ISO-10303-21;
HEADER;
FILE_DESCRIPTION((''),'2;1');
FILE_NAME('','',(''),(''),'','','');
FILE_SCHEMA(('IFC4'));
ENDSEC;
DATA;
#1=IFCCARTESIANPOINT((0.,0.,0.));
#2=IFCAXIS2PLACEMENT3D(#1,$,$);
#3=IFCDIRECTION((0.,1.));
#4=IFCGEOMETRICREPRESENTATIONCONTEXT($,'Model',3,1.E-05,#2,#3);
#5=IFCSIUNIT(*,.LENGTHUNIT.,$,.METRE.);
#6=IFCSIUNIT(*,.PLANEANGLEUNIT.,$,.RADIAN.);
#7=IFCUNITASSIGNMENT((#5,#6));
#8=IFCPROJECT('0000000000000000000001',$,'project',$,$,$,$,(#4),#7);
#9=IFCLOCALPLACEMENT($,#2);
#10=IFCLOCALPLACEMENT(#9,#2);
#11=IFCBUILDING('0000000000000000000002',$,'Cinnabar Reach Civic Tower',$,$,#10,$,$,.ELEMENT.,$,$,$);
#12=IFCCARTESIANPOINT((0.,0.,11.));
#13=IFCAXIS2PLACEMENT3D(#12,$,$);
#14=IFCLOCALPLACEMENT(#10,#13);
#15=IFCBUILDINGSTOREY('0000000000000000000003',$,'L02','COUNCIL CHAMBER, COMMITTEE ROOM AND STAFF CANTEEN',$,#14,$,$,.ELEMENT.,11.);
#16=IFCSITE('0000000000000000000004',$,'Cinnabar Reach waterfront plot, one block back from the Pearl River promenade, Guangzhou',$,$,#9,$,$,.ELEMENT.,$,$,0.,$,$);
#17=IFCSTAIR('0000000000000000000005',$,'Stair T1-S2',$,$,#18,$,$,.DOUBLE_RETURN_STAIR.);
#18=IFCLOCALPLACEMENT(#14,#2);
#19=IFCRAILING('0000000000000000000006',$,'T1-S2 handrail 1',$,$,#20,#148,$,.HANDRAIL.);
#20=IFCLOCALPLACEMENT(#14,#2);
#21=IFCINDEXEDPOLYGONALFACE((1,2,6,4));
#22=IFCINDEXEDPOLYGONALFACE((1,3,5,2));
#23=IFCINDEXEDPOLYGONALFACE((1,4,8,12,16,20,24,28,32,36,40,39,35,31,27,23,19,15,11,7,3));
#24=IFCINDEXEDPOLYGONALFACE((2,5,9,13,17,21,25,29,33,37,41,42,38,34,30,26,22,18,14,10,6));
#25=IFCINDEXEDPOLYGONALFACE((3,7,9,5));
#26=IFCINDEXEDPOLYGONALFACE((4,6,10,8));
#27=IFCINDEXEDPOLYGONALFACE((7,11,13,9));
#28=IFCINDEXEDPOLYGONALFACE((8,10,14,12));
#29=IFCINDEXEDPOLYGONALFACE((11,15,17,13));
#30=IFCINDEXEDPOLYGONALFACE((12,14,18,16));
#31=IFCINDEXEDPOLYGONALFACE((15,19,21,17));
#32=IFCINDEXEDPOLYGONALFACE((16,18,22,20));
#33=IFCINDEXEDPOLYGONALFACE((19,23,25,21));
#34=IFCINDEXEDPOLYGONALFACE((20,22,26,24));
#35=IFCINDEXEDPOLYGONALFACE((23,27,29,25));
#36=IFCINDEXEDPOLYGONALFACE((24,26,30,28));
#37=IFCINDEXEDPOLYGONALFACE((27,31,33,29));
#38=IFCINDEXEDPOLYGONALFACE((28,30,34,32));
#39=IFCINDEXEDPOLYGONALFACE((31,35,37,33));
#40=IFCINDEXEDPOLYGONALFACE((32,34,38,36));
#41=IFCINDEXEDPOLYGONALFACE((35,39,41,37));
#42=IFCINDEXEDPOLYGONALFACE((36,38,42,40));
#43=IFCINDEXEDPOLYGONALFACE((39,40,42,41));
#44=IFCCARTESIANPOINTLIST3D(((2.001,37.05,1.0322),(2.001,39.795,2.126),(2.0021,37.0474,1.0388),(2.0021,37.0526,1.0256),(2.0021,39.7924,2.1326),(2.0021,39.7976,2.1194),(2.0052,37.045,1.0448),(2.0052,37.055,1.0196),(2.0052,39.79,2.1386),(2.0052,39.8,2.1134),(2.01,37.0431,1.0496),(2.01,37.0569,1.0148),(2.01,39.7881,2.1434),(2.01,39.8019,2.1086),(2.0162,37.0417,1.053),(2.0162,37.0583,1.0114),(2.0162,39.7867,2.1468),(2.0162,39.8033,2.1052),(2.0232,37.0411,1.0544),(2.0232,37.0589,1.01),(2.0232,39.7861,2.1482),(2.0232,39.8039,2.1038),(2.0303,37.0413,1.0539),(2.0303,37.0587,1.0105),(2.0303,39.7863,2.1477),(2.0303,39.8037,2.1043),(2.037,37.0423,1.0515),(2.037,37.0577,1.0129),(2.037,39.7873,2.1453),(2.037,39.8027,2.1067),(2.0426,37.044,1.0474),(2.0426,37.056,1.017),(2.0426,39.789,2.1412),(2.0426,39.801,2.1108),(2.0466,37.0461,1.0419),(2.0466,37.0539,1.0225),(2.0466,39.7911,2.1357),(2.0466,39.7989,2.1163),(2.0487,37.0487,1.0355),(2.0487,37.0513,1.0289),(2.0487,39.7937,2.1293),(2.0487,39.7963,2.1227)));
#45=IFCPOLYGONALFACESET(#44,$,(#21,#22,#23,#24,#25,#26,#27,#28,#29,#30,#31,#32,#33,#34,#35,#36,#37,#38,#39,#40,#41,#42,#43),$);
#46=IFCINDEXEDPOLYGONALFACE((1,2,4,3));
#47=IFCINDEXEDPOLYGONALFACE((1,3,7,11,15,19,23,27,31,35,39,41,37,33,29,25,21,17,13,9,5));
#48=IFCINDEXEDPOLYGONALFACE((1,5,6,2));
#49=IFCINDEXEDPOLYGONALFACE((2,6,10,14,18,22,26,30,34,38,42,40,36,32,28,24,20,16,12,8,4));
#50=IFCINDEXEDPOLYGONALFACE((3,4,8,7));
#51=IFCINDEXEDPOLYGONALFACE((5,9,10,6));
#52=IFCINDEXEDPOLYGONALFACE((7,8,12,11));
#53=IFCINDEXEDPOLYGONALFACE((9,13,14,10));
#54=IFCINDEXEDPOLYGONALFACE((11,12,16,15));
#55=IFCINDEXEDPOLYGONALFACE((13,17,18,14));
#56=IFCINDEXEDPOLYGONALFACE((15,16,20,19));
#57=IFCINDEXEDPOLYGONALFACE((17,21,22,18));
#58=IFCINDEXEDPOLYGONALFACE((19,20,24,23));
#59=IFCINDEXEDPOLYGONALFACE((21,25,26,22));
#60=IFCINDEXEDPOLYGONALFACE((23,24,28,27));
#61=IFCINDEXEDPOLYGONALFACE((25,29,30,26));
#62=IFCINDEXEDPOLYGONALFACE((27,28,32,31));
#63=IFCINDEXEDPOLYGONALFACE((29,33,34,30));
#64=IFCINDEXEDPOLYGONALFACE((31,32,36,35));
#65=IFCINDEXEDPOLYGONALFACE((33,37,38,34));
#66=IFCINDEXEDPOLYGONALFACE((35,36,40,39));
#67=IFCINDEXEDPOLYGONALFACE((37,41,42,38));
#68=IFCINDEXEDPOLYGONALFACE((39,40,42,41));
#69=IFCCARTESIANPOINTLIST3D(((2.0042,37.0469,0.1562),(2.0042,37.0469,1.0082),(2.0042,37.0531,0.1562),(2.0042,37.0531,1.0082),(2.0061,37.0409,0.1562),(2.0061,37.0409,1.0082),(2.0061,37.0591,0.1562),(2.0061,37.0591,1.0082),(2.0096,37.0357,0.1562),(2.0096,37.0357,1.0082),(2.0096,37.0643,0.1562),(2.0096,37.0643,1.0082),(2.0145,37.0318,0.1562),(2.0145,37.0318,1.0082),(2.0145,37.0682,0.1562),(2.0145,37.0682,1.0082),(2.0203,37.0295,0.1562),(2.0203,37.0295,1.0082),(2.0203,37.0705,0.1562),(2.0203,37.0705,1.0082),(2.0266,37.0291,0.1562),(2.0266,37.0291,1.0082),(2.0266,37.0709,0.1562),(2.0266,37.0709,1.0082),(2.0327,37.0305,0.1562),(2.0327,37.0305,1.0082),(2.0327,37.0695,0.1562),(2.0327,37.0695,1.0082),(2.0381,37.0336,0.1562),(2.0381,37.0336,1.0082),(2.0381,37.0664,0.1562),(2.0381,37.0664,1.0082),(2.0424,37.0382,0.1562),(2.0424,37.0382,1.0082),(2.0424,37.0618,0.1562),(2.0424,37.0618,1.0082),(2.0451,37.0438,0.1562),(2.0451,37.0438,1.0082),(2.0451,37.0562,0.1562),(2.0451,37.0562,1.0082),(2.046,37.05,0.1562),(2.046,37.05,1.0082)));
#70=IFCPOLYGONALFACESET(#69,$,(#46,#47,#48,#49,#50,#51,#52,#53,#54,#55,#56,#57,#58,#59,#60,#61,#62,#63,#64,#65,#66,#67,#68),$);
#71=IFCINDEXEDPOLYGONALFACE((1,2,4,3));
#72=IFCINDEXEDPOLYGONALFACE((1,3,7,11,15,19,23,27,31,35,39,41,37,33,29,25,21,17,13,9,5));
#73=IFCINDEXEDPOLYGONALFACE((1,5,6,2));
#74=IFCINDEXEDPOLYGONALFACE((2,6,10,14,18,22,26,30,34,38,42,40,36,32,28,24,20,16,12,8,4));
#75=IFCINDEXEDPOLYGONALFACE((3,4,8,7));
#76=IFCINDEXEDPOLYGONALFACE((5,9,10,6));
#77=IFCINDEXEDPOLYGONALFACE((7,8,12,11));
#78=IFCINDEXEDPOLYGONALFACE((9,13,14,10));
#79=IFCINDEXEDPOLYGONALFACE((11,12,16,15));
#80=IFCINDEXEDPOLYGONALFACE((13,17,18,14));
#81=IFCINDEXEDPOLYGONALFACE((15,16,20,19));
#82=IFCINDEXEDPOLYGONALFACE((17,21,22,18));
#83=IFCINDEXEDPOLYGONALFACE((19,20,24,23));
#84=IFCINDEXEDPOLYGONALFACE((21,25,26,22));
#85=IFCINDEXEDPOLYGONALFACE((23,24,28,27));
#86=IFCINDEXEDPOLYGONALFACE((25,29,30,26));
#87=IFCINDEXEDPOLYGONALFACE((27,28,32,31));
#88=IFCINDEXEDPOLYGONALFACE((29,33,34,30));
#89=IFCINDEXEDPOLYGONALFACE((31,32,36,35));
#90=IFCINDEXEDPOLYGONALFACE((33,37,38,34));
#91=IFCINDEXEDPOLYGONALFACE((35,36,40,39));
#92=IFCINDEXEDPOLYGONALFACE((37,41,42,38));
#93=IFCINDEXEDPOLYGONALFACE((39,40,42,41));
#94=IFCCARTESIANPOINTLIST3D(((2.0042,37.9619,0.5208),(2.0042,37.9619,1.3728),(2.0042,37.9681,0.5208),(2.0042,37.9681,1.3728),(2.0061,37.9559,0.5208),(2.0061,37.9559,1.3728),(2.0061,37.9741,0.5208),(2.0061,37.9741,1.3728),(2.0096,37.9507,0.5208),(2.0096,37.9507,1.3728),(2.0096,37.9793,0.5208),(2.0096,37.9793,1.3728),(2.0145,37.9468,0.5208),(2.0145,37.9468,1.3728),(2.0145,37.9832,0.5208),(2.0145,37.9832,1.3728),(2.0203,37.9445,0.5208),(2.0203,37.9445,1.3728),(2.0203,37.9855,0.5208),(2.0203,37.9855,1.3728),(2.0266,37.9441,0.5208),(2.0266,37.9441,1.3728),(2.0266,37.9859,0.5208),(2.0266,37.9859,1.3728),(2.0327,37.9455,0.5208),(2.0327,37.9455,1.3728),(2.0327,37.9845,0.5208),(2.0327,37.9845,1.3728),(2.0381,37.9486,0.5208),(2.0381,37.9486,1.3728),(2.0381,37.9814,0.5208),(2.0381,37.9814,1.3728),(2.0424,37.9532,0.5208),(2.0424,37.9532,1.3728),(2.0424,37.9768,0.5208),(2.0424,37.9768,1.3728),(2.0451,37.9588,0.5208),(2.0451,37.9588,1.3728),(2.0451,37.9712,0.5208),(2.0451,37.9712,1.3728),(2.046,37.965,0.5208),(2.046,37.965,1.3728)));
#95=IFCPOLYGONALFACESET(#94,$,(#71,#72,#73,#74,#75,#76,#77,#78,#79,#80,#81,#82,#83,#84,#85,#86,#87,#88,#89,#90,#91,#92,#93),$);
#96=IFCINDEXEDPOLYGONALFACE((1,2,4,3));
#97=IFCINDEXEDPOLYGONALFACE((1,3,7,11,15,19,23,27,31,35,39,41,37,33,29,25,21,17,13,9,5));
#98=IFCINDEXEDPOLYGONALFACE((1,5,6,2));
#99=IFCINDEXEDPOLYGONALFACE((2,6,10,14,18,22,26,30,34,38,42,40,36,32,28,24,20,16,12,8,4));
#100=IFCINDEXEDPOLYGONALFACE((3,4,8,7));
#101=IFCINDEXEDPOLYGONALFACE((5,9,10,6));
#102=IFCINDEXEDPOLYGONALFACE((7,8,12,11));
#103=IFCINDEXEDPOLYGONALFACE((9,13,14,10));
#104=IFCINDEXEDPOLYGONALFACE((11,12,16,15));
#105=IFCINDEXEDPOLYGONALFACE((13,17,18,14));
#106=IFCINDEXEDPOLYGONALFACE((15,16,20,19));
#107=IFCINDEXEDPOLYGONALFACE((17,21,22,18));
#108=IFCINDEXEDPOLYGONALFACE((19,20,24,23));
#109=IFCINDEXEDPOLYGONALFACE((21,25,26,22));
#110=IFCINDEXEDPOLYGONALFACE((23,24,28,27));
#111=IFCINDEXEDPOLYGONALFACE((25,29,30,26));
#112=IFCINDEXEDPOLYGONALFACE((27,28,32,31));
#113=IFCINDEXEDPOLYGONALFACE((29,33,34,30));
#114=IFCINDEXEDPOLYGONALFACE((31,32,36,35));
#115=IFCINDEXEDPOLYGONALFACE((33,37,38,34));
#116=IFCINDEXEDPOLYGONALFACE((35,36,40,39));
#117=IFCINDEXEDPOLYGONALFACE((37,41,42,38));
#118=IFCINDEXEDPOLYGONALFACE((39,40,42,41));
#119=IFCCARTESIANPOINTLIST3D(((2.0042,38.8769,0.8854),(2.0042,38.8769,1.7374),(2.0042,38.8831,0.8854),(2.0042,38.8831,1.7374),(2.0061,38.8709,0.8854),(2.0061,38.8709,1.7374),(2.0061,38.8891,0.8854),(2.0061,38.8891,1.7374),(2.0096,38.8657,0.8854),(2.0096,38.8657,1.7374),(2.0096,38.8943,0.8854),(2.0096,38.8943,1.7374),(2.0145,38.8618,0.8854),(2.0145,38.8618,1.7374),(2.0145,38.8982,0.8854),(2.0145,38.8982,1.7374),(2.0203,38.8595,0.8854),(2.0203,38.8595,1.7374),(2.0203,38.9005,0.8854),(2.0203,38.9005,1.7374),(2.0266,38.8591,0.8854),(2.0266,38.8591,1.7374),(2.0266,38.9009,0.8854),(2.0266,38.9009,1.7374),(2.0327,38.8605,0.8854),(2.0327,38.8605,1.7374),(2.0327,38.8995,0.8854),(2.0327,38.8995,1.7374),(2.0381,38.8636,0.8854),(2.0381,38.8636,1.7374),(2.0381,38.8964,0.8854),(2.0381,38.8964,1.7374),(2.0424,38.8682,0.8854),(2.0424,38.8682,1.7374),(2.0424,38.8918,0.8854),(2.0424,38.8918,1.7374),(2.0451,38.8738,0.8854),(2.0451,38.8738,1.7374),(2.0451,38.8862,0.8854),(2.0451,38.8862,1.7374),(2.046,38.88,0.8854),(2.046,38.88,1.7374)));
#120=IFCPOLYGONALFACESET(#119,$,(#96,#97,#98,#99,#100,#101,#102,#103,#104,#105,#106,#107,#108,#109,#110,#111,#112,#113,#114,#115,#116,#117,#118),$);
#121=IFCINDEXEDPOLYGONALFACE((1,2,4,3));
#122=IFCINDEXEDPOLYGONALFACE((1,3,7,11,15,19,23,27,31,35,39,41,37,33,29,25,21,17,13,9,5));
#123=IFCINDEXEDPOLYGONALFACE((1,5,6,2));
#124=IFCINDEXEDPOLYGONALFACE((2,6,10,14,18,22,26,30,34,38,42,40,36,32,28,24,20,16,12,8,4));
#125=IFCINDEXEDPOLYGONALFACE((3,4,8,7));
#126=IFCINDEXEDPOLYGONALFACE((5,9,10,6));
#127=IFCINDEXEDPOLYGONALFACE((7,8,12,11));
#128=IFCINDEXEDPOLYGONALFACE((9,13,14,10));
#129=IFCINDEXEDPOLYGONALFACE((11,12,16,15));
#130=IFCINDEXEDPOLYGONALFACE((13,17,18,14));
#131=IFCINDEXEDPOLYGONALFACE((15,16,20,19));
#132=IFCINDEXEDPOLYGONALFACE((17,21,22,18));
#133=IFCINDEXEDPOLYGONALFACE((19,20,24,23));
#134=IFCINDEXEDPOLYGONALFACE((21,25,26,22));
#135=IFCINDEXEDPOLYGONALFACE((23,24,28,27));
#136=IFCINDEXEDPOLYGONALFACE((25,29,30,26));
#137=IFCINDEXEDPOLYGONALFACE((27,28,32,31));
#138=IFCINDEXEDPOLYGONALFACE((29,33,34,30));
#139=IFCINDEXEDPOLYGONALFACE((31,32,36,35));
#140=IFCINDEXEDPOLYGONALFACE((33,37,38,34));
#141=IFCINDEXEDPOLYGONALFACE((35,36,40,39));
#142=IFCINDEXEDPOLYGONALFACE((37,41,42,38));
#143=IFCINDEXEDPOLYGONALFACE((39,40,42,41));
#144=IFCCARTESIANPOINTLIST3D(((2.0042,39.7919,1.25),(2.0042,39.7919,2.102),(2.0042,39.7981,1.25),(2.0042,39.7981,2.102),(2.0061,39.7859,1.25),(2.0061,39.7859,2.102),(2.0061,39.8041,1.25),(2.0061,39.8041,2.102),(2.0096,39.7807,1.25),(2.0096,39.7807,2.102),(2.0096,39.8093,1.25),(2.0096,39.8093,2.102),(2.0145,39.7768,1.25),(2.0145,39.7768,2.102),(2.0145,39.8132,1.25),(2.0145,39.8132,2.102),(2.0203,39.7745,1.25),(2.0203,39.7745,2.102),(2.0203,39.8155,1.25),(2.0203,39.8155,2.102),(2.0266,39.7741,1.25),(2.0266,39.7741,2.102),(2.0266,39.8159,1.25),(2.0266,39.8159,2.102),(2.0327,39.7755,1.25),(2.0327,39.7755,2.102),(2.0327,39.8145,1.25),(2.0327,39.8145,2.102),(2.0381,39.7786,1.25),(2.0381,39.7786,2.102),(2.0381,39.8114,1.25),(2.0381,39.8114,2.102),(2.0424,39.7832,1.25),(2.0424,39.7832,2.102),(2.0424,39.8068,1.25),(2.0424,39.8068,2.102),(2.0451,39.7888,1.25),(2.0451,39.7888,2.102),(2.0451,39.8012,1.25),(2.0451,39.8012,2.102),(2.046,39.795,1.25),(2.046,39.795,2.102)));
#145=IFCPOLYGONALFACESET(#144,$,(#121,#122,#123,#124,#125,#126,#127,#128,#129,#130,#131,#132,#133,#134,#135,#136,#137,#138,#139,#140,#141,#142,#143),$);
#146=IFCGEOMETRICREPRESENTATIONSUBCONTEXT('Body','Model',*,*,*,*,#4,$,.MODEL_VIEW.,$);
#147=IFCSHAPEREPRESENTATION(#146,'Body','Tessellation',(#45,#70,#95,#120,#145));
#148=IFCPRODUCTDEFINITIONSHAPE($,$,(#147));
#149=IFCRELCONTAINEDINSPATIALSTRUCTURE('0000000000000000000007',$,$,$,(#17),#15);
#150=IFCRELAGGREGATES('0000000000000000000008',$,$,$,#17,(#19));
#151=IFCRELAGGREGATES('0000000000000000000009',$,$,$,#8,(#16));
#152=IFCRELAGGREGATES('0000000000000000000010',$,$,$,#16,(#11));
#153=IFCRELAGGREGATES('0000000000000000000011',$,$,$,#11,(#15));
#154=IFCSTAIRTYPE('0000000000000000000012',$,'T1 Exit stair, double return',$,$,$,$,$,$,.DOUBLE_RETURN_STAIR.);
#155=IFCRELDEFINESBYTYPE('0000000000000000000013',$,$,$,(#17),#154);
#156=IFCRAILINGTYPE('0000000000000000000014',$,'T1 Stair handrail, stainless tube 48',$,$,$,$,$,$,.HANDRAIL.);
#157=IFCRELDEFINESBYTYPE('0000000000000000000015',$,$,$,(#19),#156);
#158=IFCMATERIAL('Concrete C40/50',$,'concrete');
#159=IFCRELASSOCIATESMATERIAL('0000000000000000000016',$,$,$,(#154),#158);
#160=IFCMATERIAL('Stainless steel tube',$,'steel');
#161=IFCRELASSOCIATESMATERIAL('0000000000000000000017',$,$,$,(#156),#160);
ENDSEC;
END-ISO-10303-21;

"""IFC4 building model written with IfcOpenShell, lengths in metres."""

from ifc_helpers import new_model, si_unit, direction, frame, origin, origin_2d, place, context, subcontext, project, spatial, circle, extrude, material, type_object, element, aggregate, save


model = new_model("IFC4")

# Units and contexts
model_context = context("Model", 3, precision=1e-05, world=origin(), true_north=direction((0.0, 1.0)))
body_context = subcontext(model_context, "Body", "Model", "MODEL_VIEW")
ifc_project = project(units=[si_unit("LENGTHUNIT", "METRE"), si_unit("PLANEANGLEUNIT", "RADIAN")], contexts=[model_context])

# Site, building, storey
site_placement = place(None, origin())
site = spatial("IfcSite", under=ifc_project, at=site_placement, Name="Cinnabar Reach waterfront plot, one block back from the Pearl River promenade, Guangzhou", CompositionType="ELEMENT", RefElevation=0.0)
building_placement = place(site_placement, origin())
building = spatial("IfcBuilding", under=site, at=building_placement, Name="Cinnabar Reach Civic Tower", CompositionType="ELEMENT")
storey_placement = place(building_placement, frame((0.0, 0.0, 11.0)))
storey = spatial("IfcBuildingStorey", under=building, at=storey_placement, Name="L02", Description="COUNCIL CHAMBER, COMMITTEE ROOM AND STAFF CANTEEN", CompositionType="ELEMENT", Elevation=11.0)

# Stair, railing
ifc_material_1 = material(Name="Concrete C40/50", Category="concrete")
stair_type = type_object("IfcStairType", Name="T1 Exit stair, double return", PredefinedType="DOUBLE_RETURN_STAIR", material=ifc_material_1)
stair_placement = place(storey_placement, origin())
stair = element("IfcStair", 1, at=stair_placement, inside=storey, type_object=stair_type, Name="Stair T1-S2", PredefinedType="DOUBLE_RETURN_STAIR")
ifc_material_2 = material(Name="Stainless steel tube", Category="steel")
railing_type_1 = type_object("IfcRailingType", Name="T1 Stair handrail, stainless tube 48", PredefinedType="HANDRAIL", material=ifc_material_2)
railing_1_placement = place(storey_placement, frame((2.025, 37.05, 0.1562)))
railing_1 = element("IfcRailing", 2, at=railing_1_placement, type_object=railing_type_1, Name="T1-S2 handrail 1", PredefinedType="HANDRAIL", context=body_context, shape_type="SweptSolid", body=[
    extrude(circle(Radius=0.024, at=origin_2d()), frame((0.0, 0.0, 0.876), z_axis=(0.0, 0.928966, 0.370165), x_axis=(-1.0, 0.0, 0.0)), (0.0, 0.0, 1.0), 2.9549),
    extrude(circle(Radius=0.021, at=origin_2d()), origin(), (0.0, 0.0, 1.0), 0.852),
    extrude(circle(Radius=0.021, at=origin_2d()), frame((0.0, 0.915, 0.3646)), (0.0, 0.0, 1.0), 0.852),
    extrude(circle(Radius=0.021, at=origin_2d()), frame((0.0, 1.83, 0.7292)), (0.0, 0.0, 1.0), 0.852),
    extrude(circle(Radius=0.021, at=origin_2d()), frame((0.0, 2.745, 1.0938)), (0.0, 0.0, 1.0), 0.852),
])
aggregate(stair, [railing_1])

save(model, "model.ifc")
